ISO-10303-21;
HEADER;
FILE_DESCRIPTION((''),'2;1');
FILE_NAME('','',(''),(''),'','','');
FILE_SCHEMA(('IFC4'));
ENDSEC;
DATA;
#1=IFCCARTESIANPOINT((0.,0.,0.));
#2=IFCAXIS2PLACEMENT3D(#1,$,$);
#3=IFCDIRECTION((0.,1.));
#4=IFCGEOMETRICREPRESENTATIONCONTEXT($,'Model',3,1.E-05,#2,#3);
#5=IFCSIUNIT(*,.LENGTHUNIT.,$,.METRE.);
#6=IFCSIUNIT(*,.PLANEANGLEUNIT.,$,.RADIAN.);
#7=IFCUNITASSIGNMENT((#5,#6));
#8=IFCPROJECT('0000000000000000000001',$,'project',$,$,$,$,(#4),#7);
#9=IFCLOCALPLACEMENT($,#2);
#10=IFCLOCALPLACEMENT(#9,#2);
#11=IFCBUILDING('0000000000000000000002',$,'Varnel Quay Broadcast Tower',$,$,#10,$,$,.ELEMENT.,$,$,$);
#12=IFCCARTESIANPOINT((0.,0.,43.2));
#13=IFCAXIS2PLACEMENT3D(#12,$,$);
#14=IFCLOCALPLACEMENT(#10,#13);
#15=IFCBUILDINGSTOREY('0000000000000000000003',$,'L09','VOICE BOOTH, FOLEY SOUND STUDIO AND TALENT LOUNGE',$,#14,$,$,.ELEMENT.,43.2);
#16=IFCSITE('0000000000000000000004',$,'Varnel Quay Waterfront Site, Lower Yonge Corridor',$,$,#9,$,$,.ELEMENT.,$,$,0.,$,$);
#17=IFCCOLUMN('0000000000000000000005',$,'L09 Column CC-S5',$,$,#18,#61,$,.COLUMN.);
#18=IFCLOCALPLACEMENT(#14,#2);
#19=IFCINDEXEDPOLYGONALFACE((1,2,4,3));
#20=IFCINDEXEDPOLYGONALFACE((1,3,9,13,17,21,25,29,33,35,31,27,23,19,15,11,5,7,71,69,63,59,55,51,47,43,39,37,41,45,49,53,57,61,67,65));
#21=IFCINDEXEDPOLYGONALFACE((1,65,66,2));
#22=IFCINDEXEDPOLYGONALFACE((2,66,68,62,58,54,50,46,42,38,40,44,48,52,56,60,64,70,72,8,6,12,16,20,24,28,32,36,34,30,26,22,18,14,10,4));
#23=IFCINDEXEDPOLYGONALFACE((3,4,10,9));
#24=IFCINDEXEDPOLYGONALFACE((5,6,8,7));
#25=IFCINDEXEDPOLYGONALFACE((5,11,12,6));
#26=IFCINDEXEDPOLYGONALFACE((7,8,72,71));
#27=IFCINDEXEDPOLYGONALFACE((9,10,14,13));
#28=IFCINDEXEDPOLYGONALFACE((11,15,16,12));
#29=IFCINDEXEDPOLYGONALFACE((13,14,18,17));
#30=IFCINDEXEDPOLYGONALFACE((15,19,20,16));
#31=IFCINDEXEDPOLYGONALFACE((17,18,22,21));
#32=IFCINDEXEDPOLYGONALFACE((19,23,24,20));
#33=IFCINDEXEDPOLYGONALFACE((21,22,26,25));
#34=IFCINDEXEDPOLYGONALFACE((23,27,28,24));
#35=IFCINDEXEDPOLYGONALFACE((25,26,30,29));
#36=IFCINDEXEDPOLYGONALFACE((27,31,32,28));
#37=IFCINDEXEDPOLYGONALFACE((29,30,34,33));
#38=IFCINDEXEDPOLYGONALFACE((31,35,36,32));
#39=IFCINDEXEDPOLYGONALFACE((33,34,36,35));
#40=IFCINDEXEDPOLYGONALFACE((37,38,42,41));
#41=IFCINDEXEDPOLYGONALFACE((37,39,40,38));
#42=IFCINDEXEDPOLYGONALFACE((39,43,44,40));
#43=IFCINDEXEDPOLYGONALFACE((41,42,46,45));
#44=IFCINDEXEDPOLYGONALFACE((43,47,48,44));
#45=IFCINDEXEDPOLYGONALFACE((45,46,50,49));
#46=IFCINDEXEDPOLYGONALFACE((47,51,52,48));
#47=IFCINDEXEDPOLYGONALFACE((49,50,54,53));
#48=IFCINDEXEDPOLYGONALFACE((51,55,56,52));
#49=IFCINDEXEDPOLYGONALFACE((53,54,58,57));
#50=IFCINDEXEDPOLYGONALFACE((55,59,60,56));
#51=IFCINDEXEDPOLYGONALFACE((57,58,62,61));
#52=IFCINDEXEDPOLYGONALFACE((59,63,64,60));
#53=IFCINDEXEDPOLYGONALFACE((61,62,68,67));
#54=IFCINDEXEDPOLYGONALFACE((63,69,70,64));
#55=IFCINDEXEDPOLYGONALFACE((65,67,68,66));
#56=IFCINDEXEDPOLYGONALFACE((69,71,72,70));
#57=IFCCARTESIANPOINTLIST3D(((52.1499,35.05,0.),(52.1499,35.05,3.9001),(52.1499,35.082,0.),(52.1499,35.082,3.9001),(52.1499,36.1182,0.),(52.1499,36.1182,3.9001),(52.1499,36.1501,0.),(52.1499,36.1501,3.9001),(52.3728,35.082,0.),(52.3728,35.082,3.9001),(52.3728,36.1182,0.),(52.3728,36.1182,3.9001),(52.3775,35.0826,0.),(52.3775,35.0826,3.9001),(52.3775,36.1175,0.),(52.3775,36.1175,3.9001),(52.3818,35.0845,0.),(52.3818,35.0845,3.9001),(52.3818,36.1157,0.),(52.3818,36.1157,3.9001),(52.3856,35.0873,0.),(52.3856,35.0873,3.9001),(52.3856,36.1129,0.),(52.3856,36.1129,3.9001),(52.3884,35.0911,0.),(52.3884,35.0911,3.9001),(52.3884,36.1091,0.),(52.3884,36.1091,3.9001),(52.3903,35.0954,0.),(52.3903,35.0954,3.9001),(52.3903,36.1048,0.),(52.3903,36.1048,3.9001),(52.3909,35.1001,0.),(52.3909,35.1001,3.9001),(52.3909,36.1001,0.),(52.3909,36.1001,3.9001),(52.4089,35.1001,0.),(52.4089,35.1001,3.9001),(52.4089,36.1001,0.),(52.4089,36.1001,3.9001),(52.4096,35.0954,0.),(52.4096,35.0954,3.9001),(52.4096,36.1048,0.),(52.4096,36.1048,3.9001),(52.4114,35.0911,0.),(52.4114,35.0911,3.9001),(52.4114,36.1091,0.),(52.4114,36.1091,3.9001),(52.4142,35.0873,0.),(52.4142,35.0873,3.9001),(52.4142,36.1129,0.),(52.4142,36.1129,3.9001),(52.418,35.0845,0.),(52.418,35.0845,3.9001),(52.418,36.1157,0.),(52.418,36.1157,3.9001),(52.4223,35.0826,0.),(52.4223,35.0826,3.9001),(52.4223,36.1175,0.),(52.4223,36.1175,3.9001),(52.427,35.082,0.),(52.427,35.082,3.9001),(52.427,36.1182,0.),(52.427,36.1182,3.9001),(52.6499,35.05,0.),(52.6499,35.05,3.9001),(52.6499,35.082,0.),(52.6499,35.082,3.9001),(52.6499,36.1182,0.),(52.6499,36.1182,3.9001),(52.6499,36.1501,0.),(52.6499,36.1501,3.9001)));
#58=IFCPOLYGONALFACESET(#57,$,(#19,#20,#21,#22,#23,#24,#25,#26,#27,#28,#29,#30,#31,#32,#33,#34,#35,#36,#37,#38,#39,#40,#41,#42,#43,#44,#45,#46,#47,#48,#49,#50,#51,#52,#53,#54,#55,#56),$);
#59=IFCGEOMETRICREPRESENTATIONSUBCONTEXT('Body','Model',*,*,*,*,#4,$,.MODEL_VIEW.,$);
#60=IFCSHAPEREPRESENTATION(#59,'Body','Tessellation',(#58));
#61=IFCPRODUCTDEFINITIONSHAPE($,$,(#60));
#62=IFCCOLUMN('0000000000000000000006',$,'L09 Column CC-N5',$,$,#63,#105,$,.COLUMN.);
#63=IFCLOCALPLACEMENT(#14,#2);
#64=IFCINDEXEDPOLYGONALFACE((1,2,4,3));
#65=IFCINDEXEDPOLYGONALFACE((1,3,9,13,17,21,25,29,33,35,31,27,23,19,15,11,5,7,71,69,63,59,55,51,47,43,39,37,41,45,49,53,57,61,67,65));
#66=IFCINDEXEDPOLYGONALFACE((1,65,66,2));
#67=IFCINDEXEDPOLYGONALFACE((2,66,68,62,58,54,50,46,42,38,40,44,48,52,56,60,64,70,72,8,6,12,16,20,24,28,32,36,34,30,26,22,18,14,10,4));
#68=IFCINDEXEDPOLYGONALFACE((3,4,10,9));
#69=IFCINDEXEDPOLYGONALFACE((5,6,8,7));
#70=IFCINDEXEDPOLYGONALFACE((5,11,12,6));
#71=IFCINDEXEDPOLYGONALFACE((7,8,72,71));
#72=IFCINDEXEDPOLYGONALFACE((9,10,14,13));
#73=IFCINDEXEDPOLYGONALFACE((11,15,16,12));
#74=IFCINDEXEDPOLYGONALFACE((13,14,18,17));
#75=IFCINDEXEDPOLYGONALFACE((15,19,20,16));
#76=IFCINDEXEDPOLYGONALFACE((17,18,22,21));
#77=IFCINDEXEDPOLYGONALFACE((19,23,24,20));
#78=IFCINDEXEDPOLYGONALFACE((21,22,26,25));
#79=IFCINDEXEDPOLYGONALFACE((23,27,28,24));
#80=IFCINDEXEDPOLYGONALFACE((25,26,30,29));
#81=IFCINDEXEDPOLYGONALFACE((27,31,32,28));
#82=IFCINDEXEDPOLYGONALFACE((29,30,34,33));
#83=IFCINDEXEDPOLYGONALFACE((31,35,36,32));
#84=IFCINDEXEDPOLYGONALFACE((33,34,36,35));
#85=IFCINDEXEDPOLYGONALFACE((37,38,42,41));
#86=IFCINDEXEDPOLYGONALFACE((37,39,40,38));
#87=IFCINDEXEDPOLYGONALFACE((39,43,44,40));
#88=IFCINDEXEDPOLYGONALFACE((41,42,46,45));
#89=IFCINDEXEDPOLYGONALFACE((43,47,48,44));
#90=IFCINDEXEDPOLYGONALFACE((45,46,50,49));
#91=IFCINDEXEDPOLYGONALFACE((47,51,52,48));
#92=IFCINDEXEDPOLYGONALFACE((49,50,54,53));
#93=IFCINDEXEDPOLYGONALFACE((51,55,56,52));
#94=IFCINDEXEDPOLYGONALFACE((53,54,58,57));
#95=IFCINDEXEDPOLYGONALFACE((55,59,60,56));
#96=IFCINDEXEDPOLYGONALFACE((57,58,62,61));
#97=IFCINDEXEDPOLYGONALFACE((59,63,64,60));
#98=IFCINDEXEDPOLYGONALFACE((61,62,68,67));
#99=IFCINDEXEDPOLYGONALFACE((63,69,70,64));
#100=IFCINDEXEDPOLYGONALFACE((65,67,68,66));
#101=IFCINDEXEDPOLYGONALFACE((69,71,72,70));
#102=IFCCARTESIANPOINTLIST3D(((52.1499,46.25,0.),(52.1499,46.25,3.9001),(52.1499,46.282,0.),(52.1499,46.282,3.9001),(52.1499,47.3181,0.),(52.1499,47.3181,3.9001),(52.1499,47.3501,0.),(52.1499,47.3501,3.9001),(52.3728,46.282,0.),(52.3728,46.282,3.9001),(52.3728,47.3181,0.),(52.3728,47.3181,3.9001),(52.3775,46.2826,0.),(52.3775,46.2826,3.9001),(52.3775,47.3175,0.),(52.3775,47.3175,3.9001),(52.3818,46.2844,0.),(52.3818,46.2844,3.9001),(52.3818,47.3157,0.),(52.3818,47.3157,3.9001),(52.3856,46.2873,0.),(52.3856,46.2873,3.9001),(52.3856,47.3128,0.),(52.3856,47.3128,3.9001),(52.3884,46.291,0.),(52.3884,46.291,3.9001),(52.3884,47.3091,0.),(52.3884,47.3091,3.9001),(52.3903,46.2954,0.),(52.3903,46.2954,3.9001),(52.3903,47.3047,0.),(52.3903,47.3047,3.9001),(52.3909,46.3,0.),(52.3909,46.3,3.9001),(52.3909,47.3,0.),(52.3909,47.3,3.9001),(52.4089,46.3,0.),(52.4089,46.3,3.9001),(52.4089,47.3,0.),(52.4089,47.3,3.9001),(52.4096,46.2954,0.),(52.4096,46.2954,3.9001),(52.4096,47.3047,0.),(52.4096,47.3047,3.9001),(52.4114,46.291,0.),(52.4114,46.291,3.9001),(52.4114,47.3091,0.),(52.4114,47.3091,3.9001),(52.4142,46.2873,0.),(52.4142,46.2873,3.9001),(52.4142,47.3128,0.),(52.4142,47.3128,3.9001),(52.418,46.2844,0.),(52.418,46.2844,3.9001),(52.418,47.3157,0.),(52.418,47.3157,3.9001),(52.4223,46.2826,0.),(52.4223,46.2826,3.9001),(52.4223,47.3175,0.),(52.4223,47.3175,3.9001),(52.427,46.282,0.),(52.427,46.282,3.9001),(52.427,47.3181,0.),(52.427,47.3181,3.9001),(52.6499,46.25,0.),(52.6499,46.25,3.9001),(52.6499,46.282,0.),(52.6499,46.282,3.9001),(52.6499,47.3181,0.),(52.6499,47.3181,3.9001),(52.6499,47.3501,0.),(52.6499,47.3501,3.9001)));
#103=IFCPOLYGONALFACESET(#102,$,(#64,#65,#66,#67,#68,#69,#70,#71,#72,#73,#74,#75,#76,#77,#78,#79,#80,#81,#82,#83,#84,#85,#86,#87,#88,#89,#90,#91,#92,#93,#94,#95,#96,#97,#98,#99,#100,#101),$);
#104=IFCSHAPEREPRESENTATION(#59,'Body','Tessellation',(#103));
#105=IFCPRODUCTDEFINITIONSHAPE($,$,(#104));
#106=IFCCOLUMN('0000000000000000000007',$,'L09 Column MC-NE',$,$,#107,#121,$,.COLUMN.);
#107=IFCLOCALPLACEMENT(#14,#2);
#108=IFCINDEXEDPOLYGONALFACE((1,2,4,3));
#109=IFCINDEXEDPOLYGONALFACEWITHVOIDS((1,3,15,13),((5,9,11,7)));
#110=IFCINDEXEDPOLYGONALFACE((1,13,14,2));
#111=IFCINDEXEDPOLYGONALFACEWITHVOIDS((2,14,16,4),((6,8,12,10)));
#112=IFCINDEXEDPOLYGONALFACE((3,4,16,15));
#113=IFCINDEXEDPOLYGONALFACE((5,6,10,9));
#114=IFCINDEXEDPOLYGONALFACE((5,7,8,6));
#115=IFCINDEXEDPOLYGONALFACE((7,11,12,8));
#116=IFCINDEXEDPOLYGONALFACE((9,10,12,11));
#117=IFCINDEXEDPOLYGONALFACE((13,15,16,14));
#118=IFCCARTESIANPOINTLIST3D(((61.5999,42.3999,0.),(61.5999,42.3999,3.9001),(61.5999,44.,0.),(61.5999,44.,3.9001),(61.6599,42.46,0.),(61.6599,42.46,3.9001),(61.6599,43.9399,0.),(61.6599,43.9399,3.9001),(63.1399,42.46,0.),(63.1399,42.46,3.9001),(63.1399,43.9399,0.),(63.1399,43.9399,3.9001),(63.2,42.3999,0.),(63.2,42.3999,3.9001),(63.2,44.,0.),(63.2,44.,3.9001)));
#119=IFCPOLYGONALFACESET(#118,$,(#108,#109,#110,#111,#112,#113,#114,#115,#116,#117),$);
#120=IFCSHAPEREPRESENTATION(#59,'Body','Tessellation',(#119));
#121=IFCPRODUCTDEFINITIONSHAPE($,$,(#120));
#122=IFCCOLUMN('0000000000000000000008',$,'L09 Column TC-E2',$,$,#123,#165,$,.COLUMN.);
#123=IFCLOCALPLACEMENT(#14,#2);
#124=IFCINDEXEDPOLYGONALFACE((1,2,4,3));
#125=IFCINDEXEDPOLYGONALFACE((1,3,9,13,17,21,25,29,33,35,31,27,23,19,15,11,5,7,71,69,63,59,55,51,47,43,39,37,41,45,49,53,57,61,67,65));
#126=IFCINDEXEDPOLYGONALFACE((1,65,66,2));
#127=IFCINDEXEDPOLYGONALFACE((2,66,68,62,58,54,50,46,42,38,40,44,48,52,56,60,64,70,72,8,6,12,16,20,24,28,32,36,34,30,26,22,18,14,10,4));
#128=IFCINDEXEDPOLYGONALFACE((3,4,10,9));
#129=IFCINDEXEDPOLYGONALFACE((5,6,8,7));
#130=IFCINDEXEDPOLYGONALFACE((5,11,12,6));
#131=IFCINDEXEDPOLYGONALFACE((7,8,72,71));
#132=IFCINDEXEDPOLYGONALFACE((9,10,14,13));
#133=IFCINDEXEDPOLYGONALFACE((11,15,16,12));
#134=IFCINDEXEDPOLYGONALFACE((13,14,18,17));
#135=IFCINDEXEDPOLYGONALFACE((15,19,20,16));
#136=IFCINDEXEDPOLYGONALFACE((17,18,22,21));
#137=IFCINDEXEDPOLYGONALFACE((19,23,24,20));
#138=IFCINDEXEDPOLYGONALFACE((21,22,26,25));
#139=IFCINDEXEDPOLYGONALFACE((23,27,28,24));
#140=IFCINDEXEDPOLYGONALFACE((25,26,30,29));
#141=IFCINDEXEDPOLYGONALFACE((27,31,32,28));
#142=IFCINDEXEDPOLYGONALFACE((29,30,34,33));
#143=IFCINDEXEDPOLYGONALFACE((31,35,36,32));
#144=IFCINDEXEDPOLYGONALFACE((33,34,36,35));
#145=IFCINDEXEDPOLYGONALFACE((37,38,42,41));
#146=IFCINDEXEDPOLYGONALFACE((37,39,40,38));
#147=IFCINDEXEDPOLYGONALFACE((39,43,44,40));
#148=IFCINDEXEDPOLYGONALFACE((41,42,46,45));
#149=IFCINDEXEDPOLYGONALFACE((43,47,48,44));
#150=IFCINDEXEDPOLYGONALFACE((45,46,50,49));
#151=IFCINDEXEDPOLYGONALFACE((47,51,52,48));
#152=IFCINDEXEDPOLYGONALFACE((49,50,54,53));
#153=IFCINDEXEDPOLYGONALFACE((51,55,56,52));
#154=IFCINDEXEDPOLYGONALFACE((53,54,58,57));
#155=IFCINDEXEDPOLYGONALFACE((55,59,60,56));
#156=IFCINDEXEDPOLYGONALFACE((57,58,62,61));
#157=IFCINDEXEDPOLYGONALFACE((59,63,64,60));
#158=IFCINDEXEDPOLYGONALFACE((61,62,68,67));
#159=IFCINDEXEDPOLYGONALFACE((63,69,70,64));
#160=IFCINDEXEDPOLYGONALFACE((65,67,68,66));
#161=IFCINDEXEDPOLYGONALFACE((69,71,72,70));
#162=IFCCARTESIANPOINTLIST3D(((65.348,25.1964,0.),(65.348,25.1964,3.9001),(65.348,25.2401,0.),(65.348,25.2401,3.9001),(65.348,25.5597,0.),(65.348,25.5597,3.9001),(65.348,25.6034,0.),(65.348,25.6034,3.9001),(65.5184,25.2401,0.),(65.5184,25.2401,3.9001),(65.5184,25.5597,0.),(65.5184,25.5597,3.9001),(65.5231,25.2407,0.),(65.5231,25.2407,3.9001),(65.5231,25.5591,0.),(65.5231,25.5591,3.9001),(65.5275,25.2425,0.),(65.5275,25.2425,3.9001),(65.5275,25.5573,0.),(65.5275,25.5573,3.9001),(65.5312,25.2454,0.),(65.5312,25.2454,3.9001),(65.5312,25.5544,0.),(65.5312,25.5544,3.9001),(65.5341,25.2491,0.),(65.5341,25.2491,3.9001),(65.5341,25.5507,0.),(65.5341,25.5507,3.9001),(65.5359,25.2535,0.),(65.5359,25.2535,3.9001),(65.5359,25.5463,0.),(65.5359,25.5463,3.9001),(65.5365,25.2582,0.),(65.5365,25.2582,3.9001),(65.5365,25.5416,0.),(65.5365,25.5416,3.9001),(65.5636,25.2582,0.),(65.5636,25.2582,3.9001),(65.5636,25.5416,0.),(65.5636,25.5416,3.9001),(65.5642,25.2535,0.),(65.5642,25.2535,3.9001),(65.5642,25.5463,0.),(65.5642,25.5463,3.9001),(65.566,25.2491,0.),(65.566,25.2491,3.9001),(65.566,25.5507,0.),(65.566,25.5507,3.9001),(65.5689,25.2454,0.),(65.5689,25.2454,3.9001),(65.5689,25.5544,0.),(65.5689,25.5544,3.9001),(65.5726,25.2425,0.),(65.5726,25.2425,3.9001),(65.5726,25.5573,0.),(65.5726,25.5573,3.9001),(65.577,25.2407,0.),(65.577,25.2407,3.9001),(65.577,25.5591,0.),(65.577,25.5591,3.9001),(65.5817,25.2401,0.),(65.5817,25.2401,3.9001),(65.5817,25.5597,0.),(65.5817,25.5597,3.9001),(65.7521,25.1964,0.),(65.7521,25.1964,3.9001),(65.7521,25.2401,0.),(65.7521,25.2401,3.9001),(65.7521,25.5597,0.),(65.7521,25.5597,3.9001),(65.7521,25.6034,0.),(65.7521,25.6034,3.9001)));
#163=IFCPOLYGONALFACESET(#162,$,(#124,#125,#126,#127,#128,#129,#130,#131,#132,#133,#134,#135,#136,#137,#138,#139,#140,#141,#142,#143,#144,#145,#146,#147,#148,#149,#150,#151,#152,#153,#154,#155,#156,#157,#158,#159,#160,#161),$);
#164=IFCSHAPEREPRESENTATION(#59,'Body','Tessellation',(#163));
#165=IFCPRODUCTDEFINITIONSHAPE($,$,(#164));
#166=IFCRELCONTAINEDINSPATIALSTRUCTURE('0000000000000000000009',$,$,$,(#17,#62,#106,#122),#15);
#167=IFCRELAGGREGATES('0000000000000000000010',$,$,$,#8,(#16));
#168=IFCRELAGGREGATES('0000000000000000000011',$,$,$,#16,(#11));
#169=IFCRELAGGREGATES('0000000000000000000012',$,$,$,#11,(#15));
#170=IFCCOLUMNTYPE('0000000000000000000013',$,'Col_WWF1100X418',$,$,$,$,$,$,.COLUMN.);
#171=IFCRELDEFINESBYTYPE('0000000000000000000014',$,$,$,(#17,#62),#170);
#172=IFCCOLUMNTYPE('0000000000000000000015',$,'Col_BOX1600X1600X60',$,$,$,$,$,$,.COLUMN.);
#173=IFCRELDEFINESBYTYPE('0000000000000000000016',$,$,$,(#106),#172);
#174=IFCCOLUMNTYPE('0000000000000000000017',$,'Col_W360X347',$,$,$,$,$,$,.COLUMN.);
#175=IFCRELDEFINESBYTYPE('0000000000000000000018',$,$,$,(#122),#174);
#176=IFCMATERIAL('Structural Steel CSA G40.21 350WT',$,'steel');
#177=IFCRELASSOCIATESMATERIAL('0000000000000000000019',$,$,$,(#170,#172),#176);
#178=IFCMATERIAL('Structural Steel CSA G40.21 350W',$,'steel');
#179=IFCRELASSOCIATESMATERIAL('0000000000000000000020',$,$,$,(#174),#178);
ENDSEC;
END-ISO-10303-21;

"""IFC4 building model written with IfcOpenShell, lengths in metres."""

from ifc_helpers import new_model, si_unit, direction, frame, origin, origin_2d, place, context, subcontext, project, spatial, hollow_rectangle, i_section, extrude, source, transform, mapped, material, material_profile, profile_set, type_object, type_shapes, element, save


model = new_model("IFC4")

# Units and contexts
model_context = context("Model", 3, precision=1e-05, world=origin(), true_north=direction((0.0, 1.0)))
body_context = subcontext(model_context, "Body", "Model", "MODEL_VIEW")
ifc_project = project(units=[si_unit("LENGTHUNIT", "METRE"), si_unit("PLANEANGLEUNIT", "RADIAN")], contexts=[model_context])

# Site, building, storey
site_placement = place(None, origin())
site = spatial("IfcSite", under=ifc_project, at=site_placement, Name="Varnel Quay Waterfront Site, Lower Yonge Corridor", CompositionType="ELEMENT", RefElevation=0.0)
building_placement = place(site_placement, origin())
building = spatial("IfcBuilding", under=site, at=building_placement, Name="Varnel Quay Broadcast Tower", CompositionType="ELEMENT")
storey_placement = place(building_placement, frame((0.0, 0.0, 43.2)))
storey = spatial("IfcBuildingStorey", under=building, at=storey_placement, Name="L09", Description="VOICE BOOTH, FOLEY SOUND STUDIO AND TALENT LOUNGE", CompositionType="ELEMENT", Elevation=43.2)

# Columns
ifc_material_1 = material(Name="Structural Steel CSA G40.21 350WT", Category="steel")
ifc_material_profile_1 = material_profile(ifc_material_1, i_section(OverallWidth=0.5, OverallDepth=1.1001, WebThickness=0.0181, FlangeThickness=0.032, FilletRadius=0.0181, at=origin_2d()), Name="WWF1100X418")
ifc_profile_set_1 = profile_set([ifc_material_profile_1], Name="Structural Steel CSA G40.21 350WT")
column_type_1 = type_object("IfcColumnType", Name="Col_WWF1100X418", PredefinedType="COLUMN", material=ifc_profile_set_1)
shared_shape_1 = source(origin(), body_context, "Body", "SweptSolid", [
    extrude(i_section(OverallWidth=0.5, OverallDepth=1.1001, WebThickness=0.0181, FlangeThickness=0.032, FilletRadius=0.0181, at=origin_2d()), origin(), (0.0, 0.0, 1.0), 3.9001),
])
type_shapes(column_type_1, [shared_shape_1])
for number, where, z_axis, x_axis, name in (
    (1, (52.3999, 35.6001, 0.0), (0.0, 0.0, 1.0), (1.0, 0.0, 0.0), "L09 Column CC-S5"),
    (2, (52.3999, 46.8, 0.0), (0.0, 0.0, 1.0), (1.0, 0.0, 0.0), "L09 Column CC-N5"),
):
    element("IfcColumn", number, at=place(storey_placement, frame(where, z_axis=z_axis, x_axis=x_axis)), inside=storey, type_object=column_type_1, Name=name, PredefinedType="COLUMN", context=body_context, shape_type="MappedRepresentation", body=[
        mapped(shared_shape_1, transform((0.0, 0.0, 0.0), x_axis=(1.0, 0.0, 0.0), y_axis=(0.0, 1.0, 0.0), z_axis=(0.0, 0.0, 1.0), scale=1.0)),
    ])
ifc_material_profile_2 = material_profile(ifc_material_1, hollow_rectangle(XDim=1.6001, YDim=1.6001, WallThickness=0.0601, at=origin_2d()), Name="BOX1600X1600X60")
ifc_profile_set_2 = profile_set([ifc_material_profile_2], Name="Structural Steel CSA G40.21 350WT")
column_type_2 = type_object("IfcColumnType", Name="Col_BOX1600X1600X60", PredefinedType="COLUMN", material=ifc_profile_set_2)
shared_shape_2 = source(origin(), body_context, "Body", "SweptSolid", [
    extrude(hollow_rectangle(XDim=1.6001, YDim=1.6001, WallThickness=0.0601, at=origin_2d()), origin(), (0.0, 0.0, 1.0), 3.9001),
])
type_shapes(column_type_2, [shared_shape_2])
column_placement = place(storey_placement, frame((62.3999, 43.2, 0.0), z_axis=(0.0, 0.0, 1.0), x_axis=(1.0, 0.0, 0.0)))
element("IfcColumn", 3, at=column_placement, inside=storey, type_object=column_type_2, Name="L09 Column MC-NE", PredefinedType="COLUMN", context=body_context, shape_type="MappedRepresentation", body=[
    mapped(shared_shape_2, transform((0.0, 0.0, 0.0), x_axis=(1.0, 0.0, 0.0), y_axis=(0.0, 1.0, 0.0), z_axis=(0.0, 0.0, 1.0), scale=1.0)),
])
ifc_material_2 = material(Name="Structural Steel CSA G40.21 350W", Category="steel")
ifc_material_profile_3 = material_profile(ifc_material_2, i_section(OverallWidth=0.4041, OverallDepth=0.407, WebThickness=0.0271, FlangeThickness=0.0437, FilletRadius=0.0181, at=origin_2d()), Name="W360X347")
ifc_profile_set_3 = profile_set([ifc_material_profile_3], Name="Structural Steel CSA G40.21 350W")
column_type_3 = type_object("IfcColumnType", Name="Col_W360X347", PredefinedType="COLUMN", material=ifc_profile_set_3)
shared_shape_3 = source(origin(), body_context, "Body", "SweptSolid", [
    extrude(i_section(OverallWidth=0.4041, OverallDepth=0.407, WebThickness=0.0271, FlangeThickness=0.0437, FilletRadius=0.0181, at=origin_2d()), origin(), (0.0, 0.0, 1.0), 3.9001),
])
type_shapes(column_type_3, [shared_shape_3])
for number, where, z_axis, x_axis, name in (
    (4, (65.55, 25.3999, 0.0), (0.0, 0.0, 1.0), (1.0, 0.0, 0.0), "L09 Column TC-E2"),
):
    element("IfcColumn", number, at=place(storey_placement, frame(where, z_axis=z_axis, x_axis=x_axis)), inside=storey, type_object=column_type_3, Name=name, PredefinedType="COLUMN", context=body_context, shape_type="MappedRepresentation", body=[
        mapped(shared_shape_3, transform((0.0, 0.0, 0.0), x_axis=(1.0, 0.0, 0.0), y_axis=(0.0, 1.0, 0.0), z_axis=(0.0, 0.0, 1.0), scale=1.0)),
    ])

save(model, "model.ifc")
